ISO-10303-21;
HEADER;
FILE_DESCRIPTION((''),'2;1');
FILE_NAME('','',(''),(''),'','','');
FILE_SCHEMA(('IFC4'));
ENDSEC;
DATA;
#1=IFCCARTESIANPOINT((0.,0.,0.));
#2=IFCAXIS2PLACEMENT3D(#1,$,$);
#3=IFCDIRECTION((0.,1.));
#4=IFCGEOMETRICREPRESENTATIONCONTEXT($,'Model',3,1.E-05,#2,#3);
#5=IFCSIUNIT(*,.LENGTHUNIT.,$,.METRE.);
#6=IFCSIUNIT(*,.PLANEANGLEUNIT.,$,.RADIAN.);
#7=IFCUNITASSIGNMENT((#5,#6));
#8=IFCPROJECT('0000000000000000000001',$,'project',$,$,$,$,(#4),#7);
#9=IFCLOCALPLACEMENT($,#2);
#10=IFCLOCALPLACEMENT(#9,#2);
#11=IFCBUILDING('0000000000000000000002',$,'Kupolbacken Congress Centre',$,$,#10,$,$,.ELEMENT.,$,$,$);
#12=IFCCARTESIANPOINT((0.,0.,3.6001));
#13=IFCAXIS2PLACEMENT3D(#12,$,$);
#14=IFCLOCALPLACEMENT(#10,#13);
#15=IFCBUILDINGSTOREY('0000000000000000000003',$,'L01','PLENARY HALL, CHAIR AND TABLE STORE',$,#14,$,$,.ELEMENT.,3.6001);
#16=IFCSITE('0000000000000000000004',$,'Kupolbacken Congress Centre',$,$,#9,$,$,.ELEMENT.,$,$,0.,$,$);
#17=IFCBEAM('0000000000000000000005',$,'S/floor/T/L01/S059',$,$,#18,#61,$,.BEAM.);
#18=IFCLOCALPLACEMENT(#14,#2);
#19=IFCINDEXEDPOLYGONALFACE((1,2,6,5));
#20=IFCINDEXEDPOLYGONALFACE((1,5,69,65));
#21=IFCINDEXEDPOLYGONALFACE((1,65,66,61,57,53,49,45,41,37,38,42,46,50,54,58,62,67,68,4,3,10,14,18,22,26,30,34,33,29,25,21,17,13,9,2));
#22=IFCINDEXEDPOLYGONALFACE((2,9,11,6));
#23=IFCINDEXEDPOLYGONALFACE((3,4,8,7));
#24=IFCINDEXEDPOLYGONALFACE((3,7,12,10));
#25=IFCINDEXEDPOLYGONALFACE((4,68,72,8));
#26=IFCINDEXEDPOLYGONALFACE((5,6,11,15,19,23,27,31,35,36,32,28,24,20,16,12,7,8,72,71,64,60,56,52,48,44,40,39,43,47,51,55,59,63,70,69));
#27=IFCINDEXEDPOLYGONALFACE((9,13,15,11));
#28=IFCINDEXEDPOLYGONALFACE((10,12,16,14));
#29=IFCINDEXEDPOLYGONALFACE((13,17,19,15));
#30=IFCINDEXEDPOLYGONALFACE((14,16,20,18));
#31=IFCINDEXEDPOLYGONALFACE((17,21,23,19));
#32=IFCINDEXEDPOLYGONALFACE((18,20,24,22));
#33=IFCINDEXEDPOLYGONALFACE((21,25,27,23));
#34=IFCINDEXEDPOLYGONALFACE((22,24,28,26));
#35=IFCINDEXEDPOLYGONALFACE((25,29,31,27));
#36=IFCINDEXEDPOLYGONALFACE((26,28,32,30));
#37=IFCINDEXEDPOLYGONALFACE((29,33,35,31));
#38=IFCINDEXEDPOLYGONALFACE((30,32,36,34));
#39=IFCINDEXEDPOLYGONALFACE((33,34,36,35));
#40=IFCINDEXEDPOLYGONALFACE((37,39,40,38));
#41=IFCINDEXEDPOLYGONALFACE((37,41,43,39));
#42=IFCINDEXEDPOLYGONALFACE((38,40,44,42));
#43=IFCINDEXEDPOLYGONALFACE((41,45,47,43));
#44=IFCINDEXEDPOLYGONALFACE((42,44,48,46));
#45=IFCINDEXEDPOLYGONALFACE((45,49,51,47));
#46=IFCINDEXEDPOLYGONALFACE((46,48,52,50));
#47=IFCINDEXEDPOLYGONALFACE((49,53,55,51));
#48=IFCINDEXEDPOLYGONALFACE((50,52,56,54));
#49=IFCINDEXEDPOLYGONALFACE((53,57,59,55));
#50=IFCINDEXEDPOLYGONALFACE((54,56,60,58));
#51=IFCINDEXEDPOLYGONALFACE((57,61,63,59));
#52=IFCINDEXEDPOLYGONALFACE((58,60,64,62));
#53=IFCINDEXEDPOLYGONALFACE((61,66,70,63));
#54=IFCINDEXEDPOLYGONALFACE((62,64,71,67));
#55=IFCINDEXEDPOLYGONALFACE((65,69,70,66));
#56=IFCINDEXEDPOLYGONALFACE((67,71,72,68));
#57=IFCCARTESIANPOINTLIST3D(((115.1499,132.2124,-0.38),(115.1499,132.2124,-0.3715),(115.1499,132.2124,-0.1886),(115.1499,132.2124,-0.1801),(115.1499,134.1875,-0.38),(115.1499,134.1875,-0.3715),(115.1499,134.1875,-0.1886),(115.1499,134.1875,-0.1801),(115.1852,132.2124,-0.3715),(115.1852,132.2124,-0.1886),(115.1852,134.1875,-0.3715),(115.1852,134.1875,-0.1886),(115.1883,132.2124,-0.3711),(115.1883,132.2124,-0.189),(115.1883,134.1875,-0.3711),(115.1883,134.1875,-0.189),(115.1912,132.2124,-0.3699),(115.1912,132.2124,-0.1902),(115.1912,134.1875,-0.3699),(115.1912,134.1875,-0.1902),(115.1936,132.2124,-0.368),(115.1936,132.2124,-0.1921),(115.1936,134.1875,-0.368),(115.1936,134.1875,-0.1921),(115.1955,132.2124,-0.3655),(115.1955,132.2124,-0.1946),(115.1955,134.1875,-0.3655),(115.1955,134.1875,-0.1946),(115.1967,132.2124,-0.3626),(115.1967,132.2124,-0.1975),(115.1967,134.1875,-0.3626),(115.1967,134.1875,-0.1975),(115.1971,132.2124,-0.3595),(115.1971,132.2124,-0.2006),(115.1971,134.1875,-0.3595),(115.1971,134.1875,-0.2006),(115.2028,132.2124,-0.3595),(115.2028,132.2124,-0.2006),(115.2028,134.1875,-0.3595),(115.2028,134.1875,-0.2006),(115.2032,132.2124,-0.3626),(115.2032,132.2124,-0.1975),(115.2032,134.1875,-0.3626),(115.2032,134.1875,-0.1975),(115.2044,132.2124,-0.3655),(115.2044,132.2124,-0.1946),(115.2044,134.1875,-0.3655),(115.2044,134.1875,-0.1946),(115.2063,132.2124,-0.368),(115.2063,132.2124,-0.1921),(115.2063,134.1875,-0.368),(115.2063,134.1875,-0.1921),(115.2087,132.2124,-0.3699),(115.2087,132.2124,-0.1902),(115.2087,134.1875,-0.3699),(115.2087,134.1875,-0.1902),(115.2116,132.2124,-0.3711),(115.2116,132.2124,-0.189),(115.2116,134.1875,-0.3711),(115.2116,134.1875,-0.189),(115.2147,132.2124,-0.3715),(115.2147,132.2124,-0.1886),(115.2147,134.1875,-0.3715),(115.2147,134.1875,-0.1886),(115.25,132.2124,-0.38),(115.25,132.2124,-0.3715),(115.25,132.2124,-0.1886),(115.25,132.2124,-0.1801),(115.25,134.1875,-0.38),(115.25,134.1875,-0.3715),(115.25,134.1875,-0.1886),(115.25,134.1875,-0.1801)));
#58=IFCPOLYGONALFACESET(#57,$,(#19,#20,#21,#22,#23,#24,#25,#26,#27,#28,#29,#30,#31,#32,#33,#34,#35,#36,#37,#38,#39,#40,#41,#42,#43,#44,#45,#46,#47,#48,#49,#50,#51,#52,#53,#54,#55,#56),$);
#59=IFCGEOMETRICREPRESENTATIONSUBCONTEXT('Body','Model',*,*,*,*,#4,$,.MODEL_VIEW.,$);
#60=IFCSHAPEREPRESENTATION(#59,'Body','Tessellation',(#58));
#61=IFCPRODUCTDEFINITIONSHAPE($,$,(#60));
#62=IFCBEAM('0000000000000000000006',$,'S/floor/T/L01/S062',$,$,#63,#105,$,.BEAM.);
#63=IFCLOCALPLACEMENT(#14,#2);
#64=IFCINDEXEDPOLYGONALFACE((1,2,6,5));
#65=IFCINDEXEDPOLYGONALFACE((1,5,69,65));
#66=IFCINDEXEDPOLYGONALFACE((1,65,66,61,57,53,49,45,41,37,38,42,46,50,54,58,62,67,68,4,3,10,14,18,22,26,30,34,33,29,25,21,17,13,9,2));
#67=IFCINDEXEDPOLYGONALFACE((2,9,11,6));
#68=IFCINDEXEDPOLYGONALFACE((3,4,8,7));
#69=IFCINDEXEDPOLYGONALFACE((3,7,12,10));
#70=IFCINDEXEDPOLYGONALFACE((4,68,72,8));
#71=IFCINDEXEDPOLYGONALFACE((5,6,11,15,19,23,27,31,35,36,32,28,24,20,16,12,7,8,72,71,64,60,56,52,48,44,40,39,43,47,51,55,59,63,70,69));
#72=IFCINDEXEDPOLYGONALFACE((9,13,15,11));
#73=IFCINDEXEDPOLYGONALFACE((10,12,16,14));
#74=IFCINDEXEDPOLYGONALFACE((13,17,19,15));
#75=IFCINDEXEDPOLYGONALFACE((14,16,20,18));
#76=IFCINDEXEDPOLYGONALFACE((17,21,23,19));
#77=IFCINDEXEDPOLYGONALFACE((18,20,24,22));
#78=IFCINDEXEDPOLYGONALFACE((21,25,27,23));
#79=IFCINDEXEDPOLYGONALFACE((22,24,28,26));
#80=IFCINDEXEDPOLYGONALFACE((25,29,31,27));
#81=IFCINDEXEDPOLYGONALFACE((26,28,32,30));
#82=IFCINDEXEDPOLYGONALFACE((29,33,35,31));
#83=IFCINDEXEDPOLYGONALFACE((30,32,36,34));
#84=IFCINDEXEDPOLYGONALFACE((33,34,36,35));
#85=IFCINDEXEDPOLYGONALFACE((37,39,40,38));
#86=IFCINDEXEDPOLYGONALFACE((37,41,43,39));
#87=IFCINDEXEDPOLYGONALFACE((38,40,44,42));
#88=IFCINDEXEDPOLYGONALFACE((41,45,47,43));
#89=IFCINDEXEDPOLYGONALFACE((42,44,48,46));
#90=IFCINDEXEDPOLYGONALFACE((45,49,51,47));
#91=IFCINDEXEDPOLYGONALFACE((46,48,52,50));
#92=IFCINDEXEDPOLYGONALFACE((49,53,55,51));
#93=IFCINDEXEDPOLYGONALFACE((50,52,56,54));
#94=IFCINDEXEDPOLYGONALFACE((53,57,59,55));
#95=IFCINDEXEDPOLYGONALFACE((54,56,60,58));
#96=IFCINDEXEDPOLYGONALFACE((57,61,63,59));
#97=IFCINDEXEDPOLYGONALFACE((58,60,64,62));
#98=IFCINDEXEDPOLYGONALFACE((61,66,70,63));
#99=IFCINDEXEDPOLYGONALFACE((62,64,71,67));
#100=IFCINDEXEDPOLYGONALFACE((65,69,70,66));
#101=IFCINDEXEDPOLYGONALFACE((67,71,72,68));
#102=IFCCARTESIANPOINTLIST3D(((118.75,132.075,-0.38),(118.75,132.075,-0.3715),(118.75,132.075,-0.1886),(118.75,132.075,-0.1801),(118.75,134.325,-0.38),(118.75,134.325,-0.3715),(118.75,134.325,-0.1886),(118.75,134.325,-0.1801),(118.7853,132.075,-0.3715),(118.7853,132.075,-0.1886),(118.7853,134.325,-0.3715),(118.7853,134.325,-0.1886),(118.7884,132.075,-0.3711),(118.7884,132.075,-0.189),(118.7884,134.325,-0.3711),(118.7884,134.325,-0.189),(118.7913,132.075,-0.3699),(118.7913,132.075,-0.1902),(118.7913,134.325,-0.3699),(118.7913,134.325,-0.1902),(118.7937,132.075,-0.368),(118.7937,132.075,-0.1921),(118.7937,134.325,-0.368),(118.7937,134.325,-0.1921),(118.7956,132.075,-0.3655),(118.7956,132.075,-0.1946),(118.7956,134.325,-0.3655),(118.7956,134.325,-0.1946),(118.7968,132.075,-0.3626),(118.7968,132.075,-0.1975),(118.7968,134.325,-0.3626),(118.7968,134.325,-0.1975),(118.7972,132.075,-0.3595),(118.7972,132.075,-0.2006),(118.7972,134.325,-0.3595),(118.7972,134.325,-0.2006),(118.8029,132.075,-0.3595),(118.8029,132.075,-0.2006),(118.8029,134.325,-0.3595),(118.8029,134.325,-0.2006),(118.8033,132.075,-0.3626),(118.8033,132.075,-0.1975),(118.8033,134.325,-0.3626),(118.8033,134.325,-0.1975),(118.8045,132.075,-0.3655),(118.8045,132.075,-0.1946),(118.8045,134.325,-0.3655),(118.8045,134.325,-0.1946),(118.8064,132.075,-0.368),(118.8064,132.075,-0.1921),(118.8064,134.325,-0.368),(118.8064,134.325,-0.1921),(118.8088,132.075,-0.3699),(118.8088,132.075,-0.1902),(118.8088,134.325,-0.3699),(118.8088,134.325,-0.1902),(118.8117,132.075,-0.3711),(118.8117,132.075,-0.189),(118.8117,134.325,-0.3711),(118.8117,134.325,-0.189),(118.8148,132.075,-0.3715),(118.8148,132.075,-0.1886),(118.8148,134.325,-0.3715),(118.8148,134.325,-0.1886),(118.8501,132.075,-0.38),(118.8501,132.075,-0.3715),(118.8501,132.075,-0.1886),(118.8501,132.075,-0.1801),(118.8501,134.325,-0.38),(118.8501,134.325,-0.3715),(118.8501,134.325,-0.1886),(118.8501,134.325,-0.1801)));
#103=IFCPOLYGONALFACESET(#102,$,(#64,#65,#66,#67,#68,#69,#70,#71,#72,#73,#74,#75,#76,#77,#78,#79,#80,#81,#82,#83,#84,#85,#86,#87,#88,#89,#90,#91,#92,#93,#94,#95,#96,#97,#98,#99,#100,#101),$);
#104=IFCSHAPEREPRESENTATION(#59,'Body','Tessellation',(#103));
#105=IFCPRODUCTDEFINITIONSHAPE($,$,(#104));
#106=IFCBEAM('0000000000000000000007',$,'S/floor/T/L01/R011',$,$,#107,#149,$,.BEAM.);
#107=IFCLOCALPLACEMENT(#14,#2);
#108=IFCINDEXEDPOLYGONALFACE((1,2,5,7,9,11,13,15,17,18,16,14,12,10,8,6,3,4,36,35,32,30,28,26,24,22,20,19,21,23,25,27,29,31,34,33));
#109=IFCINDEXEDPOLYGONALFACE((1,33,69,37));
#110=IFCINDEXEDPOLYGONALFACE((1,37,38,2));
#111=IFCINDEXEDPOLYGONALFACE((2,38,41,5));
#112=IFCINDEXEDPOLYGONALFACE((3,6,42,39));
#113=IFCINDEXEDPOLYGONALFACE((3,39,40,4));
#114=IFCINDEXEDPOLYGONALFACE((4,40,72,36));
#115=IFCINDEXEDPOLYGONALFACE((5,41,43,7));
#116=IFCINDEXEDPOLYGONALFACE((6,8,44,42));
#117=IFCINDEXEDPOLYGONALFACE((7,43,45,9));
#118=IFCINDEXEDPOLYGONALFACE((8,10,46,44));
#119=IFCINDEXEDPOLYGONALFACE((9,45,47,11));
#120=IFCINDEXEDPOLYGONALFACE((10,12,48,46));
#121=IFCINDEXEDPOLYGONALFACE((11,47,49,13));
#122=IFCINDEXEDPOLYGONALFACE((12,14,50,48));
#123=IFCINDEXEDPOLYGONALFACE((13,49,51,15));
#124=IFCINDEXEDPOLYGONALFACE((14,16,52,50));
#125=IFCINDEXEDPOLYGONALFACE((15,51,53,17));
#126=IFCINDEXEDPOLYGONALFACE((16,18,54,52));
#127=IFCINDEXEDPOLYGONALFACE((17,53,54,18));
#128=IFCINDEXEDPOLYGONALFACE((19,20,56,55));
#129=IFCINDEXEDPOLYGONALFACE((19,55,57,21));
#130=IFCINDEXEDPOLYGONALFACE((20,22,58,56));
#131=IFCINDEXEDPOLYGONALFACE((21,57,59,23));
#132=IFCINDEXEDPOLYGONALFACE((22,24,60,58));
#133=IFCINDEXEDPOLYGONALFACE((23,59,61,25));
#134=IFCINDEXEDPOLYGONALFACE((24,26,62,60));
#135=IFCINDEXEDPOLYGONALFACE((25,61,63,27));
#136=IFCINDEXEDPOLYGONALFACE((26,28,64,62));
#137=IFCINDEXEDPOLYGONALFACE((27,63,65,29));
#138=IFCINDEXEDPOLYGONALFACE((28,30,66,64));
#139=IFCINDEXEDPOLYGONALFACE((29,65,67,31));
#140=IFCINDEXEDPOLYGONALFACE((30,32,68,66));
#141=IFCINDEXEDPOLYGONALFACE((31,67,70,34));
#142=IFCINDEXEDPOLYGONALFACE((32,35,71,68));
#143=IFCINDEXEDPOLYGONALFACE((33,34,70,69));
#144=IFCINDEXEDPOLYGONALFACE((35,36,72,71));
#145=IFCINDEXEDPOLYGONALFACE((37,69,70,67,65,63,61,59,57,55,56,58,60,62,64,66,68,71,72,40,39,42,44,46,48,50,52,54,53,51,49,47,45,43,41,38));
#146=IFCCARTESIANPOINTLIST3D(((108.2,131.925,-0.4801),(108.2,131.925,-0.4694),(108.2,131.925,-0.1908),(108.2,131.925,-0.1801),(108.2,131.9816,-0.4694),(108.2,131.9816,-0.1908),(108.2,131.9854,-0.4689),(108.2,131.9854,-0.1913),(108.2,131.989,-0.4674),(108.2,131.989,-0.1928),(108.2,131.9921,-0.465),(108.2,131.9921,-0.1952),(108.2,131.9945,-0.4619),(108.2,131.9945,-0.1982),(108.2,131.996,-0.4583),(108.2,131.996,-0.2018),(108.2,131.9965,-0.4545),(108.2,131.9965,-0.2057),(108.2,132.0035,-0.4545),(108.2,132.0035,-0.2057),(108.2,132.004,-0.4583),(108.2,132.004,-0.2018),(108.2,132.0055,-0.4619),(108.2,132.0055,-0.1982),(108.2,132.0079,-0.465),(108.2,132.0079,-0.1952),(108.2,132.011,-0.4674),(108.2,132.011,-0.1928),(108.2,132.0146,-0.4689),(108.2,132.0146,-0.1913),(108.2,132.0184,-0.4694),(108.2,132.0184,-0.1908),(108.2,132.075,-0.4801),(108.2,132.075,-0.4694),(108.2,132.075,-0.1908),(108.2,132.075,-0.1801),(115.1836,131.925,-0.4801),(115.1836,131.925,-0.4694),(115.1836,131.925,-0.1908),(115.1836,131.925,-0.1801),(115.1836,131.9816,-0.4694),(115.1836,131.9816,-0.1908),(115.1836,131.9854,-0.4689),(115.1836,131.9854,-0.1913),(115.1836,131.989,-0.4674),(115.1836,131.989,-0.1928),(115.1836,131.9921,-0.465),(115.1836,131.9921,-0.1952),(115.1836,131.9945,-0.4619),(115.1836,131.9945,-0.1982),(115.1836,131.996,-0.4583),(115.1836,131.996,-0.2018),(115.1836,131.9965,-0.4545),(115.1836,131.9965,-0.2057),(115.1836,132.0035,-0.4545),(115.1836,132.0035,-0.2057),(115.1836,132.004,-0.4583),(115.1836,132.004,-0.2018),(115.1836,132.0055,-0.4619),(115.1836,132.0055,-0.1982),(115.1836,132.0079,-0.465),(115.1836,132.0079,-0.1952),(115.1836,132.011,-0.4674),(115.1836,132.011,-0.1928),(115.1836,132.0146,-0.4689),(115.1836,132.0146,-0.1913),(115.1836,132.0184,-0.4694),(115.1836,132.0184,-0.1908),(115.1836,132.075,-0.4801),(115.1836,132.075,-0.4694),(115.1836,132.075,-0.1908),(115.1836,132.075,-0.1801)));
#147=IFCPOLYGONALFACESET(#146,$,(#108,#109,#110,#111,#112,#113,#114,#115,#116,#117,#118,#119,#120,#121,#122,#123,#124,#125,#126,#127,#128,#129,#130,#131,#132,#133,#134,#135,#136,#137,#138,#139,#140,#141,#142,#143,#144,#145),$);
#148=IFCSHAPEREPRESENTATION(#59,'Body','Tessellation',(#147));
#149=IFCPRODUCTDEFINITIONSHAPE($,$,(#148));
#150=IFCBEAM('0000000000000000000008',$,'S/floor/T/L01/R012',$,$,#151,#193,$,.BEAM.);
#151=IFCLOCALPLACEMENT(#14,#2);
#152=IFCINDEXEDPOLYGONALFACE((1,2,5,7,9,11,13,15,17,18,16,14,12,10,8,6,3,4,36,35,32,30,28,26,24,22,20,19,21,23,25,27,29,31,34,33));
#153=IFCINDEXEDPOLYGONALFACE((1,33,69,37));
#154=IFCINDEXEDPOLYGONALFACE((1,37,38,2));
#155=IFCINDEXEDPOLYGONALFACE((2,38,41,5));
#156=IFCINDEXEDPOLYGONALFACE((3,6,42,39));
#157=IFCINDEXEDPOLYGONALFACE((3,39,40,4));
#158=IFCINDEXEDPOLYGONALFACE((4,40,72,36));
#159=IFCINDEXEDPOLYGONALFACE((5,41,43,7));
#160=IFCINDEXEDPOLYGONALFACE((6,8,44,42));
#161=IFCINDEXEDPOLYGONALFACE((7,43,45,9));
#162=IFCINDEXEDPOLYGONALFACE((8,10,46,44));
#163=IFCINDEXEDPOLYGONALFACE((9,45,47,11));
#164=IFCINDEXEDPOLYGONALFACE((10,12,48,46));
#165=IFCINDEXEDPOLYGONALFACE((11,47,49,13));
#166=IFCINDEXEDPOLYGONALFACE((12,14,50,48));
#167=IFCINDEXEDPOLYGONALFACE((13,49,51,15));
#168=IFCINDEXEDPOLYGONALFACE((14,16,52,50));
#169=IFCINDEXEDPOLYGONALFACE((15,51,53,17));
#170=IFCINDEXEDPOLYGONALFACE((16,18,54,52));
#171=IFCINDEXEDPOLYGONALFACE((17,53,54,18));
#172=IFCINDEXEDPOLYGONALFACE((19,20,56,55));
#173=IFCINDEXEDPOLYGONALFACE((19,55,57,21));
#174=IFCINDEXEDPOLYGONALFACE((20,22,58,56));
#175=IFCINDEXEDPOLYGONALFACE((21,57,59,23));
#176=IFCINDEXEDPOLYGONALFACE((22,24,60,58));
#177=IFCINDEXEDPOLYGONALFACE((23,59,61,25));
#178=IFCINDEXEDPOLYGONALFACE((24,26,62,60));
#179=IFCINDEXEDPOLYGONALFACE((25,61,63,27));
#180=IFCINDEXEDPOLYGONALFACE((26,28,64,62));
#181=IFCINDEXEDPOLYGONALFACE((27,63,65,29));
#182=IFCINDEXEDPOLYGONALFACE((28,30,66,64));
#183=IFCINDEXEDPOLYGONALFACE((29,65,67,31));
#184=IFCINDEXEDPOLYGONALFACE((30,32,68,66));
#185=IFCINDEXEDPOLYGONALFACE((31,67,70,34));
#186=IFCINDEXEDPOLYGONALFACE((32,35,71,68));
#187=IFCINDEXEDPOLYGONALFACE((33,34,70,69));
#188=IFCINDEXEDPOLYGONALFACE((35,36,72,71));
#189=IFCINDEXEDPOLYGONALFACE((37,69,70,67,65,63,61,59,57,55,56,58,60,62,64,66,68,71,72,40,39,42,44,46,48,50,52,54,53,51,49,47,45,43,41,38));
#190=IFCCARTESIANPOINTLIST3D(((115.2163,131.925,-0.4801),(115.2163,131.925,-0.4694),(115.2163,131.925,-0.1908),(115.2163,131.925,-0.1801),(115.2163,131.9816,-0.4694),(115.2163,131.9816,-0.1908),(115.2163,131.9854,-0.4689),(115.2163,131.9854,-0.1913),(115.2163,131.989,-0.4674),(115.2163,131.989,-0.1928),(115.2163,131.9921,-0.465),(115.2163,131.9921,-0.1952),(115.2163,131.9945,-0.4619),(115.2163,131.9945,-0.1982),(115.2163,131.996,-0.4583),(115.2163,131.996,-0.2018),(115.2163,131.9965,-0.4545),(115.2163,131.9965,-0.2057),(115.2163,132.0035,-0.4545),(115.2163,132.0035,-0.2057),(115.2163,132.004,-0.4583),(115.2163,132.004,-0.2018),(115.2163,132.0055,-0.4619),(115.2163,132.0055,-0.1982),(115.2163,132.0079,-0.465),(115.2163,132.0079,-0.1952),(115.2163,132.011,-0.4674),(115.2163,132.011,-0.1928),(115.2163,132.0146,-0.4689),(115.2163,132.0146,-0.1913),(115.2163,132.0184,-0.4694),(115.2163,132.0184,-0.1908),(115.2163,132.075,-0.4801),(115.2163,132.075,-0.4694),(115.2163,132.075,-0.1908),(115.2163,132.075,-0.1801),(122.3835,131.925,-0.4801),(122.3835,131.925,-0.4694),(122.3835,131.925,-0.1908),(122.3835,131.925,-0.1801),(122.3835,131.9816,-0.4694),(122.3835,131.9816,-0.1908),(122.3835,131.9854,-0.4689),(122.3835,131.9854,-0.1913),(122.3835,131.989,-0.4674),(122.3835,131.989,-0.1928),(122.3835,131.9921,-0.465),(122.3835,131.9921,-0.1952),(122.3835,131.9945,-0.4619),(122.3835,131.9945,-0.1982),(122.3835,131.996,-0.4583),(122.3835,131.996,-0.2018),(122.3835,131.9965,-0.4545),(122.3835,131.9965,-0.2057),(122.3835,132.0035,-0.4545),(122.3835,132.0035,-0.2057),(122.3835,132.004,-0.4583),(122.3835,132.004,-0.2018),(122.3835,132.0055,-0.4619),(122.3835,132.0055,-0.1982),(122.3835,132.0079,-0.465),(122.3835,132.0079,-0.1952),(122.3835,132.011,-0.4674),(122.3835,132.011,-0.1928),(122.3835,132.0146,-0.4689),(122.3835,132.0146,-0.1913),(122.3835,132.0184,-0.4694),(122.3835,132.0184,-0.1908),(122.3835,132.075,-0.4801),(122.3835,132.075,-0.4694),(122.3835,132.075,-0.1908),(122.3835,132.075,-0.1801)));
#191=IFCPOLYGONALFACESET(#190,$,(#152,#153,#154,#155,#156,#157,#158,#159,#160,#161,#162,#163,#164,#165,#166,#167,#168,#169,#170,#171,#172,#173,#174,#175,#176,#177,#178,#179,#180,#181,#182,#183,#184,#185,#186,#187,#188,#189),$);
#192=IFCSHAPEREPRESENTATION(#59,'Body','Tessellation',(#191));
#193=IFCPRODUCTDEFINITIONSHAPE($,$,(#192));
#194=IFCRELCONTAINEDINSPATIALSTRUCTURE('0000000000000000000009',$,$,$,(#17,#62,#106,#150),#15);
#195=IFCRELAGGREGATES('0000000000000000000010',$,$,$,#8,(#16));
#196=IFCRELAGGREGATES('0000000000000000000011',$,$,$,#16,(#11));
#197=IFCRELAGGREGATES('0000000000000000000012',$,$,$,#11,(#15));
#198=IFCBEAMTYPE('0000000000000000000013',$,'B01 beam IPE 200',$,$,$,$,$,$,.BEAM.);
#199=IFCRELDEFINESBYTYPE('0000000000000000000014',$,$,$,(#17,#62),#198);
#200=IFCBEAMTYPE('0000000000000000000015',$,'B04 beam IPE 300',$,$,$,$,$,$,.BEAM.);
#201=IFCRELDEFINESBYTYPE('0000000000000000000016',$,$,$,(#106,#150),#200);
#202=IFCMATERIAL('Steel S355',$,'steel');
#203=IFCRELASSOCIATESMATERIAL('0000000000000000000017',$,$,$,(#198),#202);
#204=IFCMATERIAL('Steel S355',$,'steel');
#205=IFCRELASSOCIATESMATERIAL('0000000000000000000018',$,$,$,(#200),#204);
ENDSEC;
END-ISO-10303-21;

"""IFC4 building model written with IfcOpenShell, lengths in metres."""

from ifc_helpers import new_model, si_unit, direction, frame, origin, origin_2d, place, context, subcontext, project, spatial, i_section, extrude, material, material_profile, profile_set, type_object, element, save


model = new_model("IFC4")

# Units and contexts
model_context = context("Model", 3, precision=1e-05, world=origin(), true_north=direction((0.0, 1.0)))
body_context = subcontext(model_context, "Body", "Model", "MODEL_VIEW")
ifc_project = project(units=[si_unit("LENGTHUNIT", "METRE"), si_unit("PLANEANGLEUNIT", "RADIAN")], contexts=[model_context])

# Site, building, storey
site_placement = place(None, origin())
site = spatial("IfcSite", under=ifc_project, at=site_placement, Name="Kupolbacken Congress Centre", CompositionType="ELEMENT", RefElevation=0.0)
building_placement = place(site_placement, origin())
building = spatial("IfcBuilding", under=site, at=building_placement, Name="Kupolbacken Congress Centre", CompositionType="ELEMENT")
storey_placement = place(building_placement, frame((0.0, 0.0, 3.6001)))
storey = spatial("IfcBuildingStorey", under=building, at=storey_placement, Name="L01", Description="PLENARY HALL, CHAIR AND TABLE STORE", CompositionType="ELEMENT", Elevation=3.6001)

# Beams
ifc_material_1 = material(Name="Steel S355", Category="steel")
ifc_material_profile_1 = material_profile(ifc_material_1, i_section(OverallWidth=0.1001, OverallDepth=0.2, WebThickness=0.0056, FlangeThickness=0.0085, FilletRadius=0.012, at=origin_2d()), Name="IPE 200")
ifc_profile_set_1 = profile_set([ifc_material_profile_1], Name="Steel S355")
beam_type_1 = type_object("IfcBeamType", Name="B01 beam IPE 200", PredefinedType="BEAM", material=ifc_profile_set_1)
beam_1_placement = place(storey_placement, frame((115.2, 132.2124, -0.28), z_axis=(0.0, 1.0, 0.0), x_axis=(-1.0, 0.0, 0.0)))
element("IfcBeam", 1, at=beam_1_placement, inside=storey, type_object=beam_type_1, Name="S/floor/T/L01/S059", PredefinedType="BEAM", context=body_context, shape_type="SweptSolid", body=[
    extrude(i_section(OverallWidth=0.1001, OverallDepth=0.2, WebThickness=0.0056, FlangeThickness=0.0085, FilletRadius=0.012, at=origin_2d()), origin(), (0.0, 0.0, 1.0), 1.9751),
])
beam_2_placement = place(storey_placement, frame((118.8, 132.075, -0.28), z_axis=(0.0, 1.0, 0.0), x_axis=(-1.0, 0.0, 0.0)))
element("IfcBeam", 2, at=beam_2_placement, inside=storey, type_object=beam_type_1, Name="S/floor/T/L01/S062", PredefinedType="BEAM", context=body_context, shape_type="SweptSolid", body=[
    extrude(i_section(OverallWidth=0.1001, OverallDepth=0.2, WebThickness=0.0056, FlangeThickness=0.0085, FilletRadius=0.012, at=origin_2d()), origin(), (0.0, 0.0, 1.0), 2.25),
])
ifc_material_2 = material(Name="Steel S355", Category="steel")
ifc_material_profile_2 = material_profile(ifc_material_2, i_section(OverallWidth=0.1499, OverallDepth=0.3, WebThickness=0.0071, FlangeThickness=0.0107, FilletRadius=0.0149, at=origin_2d()), Name="IPE 300")
ifc_profile_set_2 = profile_set([ifc_material_profile_2], Name="Steel S355")
beam_type_2 = type_object("IfcBeamType", Name="B04 beam IPE 300", PredefinedType="BEAM", material=ifc_profile_set_2)
beam_3_placement = place(storey_placement, frame((108.2, 132.0, -0.3301), z_axis=(1.0, 0.0, 0.0), x_axis=(0.0, 1.0, 0.0)))
element("IfcBeam", 3, at=beam_3_placement, inside=storey, type_object=beam_type_2, Name="S/floor/T/L01/R011", PredefinedType="BEAM", context=body_context, shape_type="SweptSolid", body=[
    extrude(i_section(OverallWidth=0.1499, OverallDepth=0.3, WebThickness=0.0071, FlangeThickness=0.0107, FilletRadius=0.0149, at=origin_2d()), origin(), (0.0, 0.0, 1.0), 6.9836),
])
beam_4_placement = place(storey_placement, frame((115.2163, 132.0, -0.3301), z_axis=(1.0, 0.0, 0.0), x_axis=(0.0, 1.0, 0.0)))
element("IfcBeam", 4, at=beam_4_placement, inside=storey, type_object=beam_type_2, Name="S/floor/T/L01/R012", PredefinedType="BEAM", context=body_context, shape_type="SweptSolid", body=[
    extrude(i_section(OverallWidth=0.1499, OverallDepth=0.3, WebThickness=0.0071, FlangeThickness=0.0107, FilletRadius=0.0149, at=origin_2d()), origin(), (0.0, 0.0, 1.0), 7.1672),
])

save(model, "model.ifc")
